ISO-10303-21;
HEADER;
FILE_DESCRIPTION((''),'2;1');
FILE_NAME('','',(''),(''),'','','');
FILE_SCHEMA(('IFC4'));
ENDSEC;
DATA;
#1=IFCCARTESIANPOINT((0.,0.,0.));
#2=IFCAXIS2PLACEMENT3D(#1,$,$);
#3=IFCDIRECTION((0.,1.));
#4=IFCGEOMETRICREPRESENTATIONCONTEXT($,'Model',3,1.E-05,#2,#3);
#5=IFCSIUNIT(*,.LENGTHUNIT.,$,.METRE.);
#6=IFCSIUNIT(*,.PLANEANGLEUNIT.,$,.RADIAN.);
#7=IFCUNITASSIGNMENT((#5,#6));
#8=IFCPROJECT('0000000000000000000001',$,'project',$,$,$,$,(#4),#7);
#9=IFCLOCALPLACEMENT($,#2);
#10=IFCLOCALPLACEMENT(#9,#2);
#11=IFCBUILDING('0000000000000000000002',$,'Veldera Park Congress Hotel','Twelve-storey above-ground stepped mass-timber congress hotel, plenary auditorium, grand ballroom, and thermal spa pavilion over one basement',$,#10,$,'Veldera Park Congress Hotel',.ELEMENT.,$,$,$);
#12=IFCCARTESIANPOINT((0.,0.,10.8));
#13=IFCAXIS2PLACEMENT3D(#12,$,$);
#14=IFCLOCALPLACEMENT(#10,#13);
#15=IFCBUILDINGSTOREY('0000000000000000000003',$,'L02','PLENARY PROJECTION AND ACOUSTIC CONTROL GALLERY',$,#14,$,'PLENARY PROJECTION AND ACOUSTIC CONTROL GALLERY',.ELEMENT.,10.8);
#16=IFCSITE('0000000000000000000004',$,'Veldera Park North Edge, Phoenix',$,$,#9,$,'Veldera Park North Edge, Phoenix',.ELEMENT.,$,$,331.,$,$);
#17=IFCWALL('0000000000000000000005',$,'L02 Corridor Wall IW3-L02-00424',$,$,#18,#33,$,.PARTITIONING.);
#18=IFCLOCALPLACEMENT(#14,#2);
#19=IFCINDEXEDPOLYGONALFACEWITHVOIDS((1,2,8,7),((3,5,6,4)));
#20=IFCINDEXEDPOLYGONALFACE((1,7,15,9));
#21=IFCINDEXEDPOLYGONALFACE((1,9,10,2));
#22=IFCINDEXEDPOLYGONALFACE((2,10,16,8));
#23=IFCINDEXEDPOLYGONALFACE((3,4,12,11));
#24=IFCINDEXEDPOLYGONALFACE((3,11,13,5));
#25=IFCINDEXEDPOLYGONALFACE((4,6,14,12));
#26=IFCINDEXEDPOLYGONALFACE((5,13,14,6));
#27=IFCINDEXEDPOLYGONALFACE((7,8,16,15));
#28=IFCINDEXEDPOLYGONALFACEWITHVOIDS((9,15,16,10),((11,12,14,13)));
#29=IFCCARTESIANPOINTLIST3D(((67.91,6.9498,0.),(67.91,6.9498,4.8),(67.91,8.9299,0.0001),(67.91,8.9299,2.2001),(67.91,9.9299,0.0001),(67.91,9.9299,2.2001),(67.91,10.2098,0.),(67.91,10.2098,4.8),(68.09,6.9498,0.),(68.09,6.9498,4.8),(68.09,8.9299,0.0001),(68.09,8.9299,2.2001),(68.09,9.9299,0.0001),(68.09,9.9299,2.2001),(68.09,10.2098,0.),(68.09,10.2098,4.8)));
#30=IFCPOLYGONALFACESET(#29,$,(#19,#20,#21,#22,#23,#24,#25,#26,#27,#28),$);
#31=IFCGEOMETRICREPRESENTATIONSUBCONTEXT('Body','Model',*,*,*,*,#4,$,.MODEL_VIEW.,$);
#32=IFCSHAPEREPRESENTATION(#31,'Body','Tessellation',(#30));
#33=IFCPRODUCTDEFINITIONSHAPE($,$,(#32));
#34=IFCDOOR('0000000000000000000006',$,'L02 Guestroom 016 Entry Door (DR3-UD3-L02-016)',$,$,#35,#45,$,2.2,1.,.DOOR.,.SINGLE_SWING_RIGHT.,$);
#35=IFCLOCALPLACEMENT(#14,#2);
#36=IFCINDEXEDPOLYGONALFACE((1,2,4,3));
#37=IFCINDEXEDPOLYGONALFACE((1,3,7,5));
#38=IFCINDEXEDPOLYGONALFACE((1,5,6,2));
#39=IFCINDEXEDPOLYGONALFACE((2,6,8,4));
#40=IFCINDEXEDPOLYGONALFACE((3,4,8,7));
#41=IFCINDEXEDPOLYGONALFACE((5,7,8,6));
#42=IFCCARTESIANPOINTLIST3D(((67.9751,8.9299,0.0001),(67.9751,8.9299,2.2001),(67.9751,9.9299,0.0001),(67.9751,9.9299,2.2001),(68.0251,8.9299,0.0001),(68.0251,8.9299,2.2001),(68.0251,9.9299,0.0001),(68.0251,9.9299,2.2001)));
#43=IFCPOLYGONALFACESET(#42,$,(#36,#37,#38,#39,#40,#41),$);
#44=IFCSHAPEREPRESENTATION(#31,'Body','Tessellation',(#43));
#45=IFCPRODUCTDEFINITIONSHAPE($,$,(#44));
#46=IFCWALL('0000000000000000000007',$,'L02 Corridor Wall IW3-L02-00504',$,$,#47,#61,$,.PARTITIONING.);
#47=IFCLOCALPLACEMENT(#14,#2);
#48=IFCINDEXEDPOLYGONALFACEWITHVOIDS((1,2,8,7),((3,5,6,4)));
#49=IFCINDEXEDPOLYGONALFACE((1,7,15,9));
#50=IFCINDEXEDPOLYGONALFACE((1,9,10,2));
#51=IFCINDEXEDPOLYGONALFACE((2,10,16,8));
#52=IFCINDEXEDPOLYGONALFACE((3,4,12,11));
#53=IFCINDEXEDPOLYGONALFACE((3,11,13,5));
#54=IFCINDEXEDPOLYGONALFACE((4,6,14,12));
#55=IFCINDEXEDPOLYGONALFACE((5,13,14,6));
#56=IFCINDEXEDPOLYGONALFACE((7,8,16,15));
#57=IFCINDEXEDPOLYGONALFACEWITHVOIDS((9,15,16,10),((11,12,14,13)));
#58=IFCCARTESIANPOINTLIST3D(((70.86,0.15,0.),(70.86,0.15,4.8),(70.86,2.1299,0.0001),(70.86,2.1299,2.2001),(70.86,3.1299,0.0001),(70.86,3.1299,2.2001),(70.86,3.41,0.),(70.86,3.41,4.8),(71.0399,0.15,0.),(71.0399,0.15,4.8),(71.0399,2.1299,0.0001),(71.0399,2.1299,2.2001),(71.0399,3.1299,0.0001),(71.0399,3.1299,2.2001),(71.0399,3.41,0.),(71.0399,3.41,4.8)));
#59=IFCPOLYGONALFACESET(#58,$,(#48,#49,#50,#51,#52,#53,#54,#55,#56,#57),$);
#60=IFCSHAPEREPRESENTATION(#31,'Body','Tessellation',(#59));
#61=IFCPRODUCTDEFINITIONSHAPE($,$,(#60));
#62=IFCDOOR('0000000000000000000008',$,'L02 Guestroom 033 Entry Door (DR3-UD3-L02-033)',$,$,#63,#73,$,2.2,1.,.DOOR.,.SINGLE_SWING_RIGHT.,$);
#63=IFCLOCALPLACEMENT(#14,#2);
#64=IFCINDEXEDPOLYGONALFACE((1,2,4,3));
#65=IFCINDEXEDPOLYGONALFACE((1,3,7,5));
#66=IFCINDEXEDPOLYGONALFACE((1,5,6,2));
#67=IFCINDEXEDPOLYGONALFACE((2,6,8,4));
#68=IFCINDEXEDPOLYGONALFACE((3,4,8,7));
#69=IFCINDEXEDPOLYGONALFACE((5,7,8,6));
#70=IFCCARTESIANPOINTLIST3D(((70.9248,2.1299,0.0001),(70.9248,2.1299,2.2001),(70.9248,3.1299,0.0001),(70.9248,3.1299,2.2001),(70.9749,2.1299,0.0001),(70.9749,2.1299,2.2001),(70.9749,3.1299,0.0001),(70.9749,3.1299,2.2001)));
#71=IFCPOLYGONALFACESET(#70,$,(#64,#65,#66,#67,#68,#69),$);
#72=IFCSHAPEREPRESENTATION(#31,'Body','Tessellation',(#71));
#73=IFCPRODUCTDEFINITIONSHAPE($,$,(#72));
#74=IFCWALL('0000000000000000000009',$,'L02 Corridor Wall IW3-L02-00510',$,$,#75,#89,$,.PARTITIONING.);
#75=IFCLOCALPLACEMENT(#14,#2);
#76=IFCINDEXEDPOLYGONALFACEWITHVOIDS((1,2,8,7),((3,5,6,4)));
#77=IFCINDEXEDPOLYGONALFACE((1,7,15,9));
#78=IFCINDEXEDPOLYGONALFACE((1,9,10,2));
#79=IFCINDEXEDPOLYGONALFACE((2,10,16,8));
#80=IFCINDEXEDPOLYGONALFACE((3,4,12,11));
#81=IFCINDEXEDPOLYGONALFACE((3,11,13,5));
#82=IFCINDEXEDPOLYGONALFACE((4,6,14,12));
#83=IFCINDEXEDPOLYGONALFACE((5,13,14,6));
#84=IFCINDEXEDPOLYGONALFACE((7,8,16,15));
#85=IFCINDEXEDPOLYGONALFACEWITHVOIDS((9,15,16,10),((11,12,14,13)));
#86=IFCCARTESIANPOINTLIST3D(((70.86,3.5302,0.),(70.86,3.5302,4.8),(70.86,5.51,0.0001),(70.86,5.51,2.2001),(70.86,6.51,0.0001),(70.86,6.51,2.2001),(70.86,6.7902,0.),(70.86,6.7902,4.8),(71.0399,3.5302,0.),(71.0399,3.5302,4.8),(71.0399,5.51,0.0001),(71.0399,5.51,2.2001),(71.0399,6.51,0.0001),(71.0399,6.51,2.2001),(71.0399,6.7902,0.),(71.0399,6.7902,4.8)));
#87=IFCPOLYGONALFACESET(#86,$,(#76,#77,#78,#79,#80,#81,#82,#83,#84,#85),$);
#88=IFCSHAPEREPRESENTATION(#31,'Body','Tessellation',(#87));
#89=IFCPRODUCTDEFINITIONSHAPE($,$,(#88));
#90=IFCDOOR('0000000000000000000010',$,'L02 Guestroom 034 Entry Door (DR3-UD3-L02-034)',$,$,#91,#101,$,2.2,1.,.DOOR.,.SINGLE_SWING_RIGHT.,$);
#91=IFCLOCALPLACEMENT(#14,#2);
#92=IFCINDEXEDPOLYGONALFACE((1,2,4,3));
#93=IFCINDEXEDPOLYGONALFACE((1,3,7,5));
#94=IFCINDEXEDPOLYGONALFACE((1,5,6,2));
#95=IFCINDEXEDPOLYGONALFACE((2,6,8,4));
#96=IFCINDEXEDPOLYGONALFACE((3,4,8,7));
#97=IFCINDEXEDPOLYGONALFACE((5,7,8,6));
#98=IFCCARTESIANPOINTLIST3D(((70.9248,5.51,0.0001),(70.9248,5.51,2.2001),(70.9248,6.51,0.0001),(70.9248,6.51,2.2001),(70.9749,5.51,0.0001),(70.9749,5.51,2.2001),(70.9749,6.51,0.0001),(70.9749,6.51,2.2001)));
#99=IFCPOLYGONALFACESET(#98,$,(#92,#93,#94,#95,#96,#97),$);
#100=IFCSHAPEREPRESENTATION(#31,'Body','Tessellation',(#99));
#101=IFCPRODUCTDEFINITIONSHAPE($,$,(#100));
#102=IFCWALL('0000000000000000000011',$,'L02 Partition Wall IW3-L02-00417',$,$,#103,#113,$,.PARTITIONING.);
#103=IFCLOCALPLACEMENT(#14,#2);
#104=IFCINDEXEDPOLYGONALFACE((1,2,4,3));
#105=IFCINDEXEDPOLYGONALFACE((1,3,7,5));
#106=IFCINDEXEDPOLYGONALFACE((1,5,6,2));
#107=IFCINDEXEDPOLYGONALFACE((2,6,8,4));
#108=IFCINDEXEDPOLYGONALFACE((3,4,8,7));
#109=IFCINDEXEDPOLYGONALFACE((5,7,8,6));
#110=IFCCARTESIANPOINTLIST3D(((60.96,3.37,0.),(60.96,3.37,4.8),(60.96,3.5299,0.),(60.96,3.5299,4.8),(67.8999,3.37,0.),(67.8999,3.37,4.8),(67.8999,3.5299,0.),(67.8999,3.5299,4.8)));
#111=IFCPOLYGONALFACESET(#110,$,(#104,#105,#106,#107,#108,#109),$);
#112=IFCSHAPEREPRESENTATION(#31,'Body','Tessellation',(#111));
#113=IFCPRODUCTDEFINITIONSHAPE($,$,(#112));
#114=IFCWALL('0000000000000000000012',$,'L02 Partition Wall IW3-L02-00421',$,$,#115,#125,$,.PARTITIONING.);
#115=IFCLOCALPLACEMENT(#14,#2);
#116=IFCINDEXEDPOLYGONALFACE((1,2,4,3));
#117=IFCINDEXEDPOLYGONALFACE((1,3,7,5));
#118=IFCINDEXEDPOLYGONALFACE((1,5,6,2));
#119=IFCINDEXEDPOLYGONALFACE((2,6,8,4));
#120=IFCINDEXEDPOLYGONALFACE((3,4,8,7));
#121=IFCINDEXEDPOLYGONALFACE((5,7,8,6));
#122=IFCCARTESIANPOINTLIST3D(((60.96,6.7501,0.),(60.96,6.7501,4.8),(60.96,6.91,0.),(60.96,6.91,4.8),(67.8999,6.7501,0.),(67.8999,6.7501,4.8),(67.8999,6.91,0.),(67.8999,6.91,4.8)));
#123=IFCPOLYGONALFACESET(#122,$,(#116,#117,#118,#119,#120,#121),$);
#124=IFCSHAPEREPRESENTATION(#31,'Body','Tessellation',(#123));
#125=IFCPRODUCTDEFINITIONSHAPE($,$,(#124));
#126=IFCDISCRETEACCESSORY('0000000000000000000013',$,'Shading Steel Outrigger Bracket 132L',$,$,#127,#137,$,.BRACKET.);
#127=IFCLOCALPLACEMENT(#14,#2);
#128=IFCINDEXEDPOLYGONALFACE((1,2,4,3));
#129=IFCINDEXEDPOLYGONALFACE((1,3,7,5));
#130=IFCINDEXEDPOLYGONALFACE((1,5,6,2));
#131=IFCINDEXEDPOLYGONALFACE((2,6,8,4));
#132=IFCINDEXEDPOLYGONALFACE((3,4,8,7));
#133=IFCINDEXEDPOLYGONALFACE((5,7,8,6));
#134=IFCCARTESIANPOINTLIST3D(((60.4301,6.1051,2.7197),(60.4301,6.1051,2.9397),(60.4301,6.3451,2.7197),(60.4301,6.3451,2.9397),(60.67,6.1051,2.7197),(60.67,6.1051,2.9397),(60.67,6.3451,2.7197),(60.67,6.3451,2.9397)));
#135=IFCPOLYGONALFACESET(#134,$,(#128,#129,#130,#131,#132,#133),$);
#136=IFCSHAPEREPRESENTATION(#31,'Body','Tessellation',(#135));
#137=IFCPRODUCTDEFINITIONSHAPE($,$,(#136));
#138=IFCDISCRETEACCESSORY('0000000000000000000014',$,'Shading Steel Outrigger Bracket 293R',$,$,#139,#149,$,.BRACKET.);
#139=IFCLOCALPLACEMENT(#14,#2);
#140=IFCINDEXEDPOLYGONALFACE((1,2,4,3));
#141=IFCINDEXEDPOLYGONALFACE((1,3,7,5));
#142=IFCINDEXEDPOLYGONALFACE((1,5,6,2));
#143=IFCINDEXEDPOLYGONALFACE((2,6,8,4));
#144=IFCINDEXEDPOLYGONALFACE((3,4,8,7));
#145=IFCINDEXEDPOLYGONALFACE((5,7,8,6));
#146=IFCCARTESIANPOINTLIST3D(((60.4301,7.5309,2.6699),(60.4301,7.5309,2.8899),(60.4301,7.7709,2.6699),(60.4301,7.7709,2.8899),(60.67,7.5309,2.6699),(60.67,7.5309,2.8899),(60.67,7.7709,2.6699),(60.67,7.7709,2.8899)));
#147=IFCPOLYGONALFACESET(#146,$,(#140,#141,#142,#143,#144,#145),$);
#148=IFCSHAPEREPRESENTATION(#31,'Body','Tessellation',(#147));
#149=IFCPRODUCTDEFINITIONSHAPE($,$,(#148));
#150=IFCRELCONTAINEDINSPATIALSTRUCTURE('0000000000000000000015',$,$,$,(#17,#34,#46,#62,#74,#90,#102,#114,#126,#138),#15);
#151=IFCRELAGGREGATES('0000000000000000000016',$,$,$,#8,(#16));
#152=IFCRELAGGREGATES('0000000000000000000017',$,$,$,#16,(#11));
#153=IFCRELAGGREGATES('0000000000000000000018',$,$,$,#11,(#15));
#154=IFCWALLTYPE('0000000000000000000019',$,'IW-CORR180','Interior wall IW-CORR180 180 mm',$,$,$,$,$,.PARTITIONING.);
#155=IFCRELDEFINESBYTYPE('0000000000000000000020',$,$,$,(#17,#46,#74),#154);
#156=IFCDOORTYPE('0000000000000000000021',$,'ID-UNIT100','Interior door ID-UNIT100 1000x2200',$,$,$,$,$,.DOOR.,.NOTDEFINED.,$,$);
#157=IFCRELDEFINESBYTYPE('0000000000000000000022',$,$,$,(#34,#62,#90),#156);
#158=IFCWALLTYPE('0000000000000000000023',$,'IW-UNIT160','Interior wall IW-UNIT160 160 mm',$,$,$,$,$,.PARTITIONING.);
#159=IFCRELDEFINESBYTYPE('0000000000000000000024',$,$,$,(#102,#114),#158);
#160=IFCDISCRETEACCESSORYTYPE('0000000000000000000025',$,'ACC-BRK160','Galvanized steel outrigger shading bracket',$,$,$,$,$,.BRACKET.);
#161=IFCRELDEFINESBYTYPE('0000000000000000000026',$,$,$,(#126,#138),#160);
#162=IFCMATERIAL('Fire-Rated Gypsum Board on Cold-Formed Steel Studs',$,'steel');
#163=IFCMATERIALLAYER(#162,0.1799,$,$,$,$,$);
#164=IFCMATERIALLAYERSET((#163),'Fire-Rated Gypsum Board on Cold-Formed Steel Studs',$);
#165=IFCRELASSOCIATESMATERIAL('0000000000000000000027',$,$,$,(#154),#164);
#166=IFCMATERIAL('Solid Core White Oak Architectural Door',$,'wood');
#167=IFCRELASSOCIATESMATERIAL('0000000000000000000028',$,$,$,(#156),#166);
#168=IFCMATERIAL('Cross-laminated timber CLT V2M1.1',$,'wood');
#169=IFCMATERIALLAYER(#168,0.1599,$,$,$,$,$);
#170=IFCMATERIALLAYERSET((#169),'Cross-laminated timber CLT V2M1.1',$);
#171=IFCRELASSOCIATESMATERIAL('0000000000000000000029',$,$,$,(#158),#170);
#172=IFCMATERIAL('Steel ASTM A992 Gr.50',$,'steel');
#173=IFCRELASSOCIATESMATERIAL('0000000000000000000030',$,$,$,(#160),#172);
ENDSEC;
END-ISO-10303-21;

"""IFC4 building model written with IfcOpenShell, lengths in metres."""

from ifc_helpers import new_model, si_unit, direction, frame, frame_2d, origin, origin_2d, place, context, subcontext, project, spatial, rectangle, extrude, material, layer, layer_set, type_object, element, fill, save


model = new_model("IFC4")

# Units and contexts
model_context = context("Model", 3, precision=1e-05, world=origin(), true_north=direction((0.0, 1.0)))
body_context = subcontext(model_context, "Body", "Model", "MODEL_VIEW")
ifc_project = project(units=[si_unit("LENGTHUNIT", "METRE"), si_unit("PLANEANGLEUNIT", "RADIAN")], contexts=[model_context])

# Site, building, storey
site_placement = place(None, origin())
site = spatial("IfcSite", under=ifc_project, at=site_placement, Name="Veldera Park North Edge, Phoenix", LongName="Veldera Park North Edge, Phoenix", CompositionType="ELEMENT", RefElevation=331.0)
building_placement = place(site_placement, origin())
building = spatial("IfcBuilding", under=site, at=building_placement, Name="Veldera Park Congress Hotel", Description="Twelve-storey above-ground stepped mass-timber congress hotel, plenary auditorium, grand ballroom, and thermal spa pavilion over one basement", LongName="Veldera Park Congress Hotel", CompositionType="ELEMENT")
storey_placement = place(building_placement, frame((0.0, 0.0, 10.8)))
storey = spatial("IfcBuildingStorey", under=building, at=storey_placement, Name="L02", Description="PLENARY PROJECTION AND ACOUSTIC CONTROL GALLERY", LongName="PLENARY PROJECTION AND ACOUSTIC CONTROL GALLERY", CompositionType="ELEMENT", Elevation=10.8)

# Shared definitions
ifc_material_1 = material(Name="Steel ASTM A992 Gr.50", Category="steel")

# Shared definitions
ifc_material_2 = material(Name="Fire-Rated Gypsum Board on Cold-Formed Steel Studs", Category="steel")
ifc_material_3 = material(Name="Solid Core White Oak Architectural Door", Category="wood")

# Walls, openings, doors
ifc_layer_1 = layer(ifc_material_2, 0.1799)
ifc_layer_set_1 = layer_set([ifc_layer_1], Name="Fire-Rated Gypsum Board on Cold-Formed Steel Studs")
wall_type_1 = type_object("IfcWallType", Name="IW-CORR180", Description="Interior wall IW-CORR180 180 mm", PredefinedType="PARTITIONING", material=ifc_layer_set_1)
door_type_1 = type_object("IfcDoorType", Name="ID-UNIT100", Description="Interior door ID-UNIT100 1000x2200", OperationType="NOTDEFINED", PredefinedType="DOOR", material=ifc_material_3)
wall_1_placement = place(storey_placement, frame((68.0, 6.95, 0.0), z_axis=(0.0, 0.0, 1.0), x_axis=(0.0, 1.0, 0.0)))
wall_1 = element("IfcWall", 1, at=wall_1_placement, inside=storey, type_object=wall_type_1, Name="L02 Corridor Wall IW3-L02-00424", PredefinedType="PARTITIONING", context=body_context, shape_type="SweptSolid", body=[
    extrude(rectangle(XDim=3.26, YDim=0.1799, at=frame_2d((1.6299, 0.0))), origin(), (0.0, 0.0, 1.0), 4.8),
])
opening_1_placement = place(wall_1_placement, frame((1.98, 0.0, 0.0)))
opening_1 = element("IfcOpeningElement", 2, at=opening_1_placement, cuts=wall_1, PredefinedType="OPENING", context=body_context, shape_type="SweptSolid", body=[
    extrude(rectangle(XDim=1.0, YDim=2.2, at=frame_2d((0.5, 1.1001))), frame((0.0, 0.1021, 0.0), z_axis=(0.0, -1.0, 0.0), x_axis=(1.0, 0.0, 0.0)), (0.0, 0.0, 1.0), 0.2039),
])
door_1_placement = place(opening_1_placement, origin())
door_1 = element("IfcDoor", 3, at=door_1_placement, inside=storey, type_object=door_type_1, Name="L02 Guestroom 016 Entry Door (DR3-UD3-L02-016)", OperationType="SINGLE_SWING_RIGHT", OverallHeight=2.2, OverallWidth=1.0, PredefinedType="DOOR", context=body_context, shape_type="SweptSolid", body=[
    extrude(rectangle(XDim=1.0, YDim=2.2, at=frame_2d((0.5, 1.1001))), frame((0.0, 0.0249, 0.0), z_axis=(0.0, -1.0, 0.0), x_axis=(1.0, 0.0, 0.0)), (0.0, 0.0, 1.0), 0.05),
])
fill(opening_1, door_1)
wall_2_placement = place(storey_placement, frame((70.95, 3.4099, 0.0), z_axis=(0.0, 0.0, 1.0), x_axis=(0.0, -1.0, 0.0)))
wall_2 = element("IfcWall", 4, at=wall_2_placement, inside=storey, type_object=wall_type_1, Name="L02 Corridor Wall IW3-L02-00504", PredefinedType="PARTITIONING", context=body_context, shape_type="SweptSolid", body=[
    extrude(rectangle(XDim=3.26, YDim=0.1799, at=frame_2d((1.6299, 0.0))), origin(), (0.0, 0.0, 1.0), 4.8),
])
opening_2_placement = place(wall_2_placement, frame((0.28, 0.0, 0.0)))
opening_2 = element("IfcOpeningElement", 5, at=opening_2_placement, cuts=wall_2, PredefinedType="OPENING", context=body_context, shape_type="SweptSolid", body=[
    extrude(rectangle(XDim=1.0, YDim=2.2, at=frame_2d((0.5, 1.1001))), frame((0.0, 0.1021, 0.0), z_axis=(0.0, -1.0, 0.0), x_axis=(1.0, 0.0, 0.0)), (0.0, 0.0, 1.0), 0.2039),
])
door_2_placement = place(opening_2_placement, origin())
door_2 = element("IfcDoor", 6, at=door_2_placement, inside=storey, type_object=door_type_1, Name="L02 Guestroom 033 Entry Door (DR3-UD3-L02-033)", OperationType="SINGLE_SWING_RIGHT", OverallHeight=2.2, OverallWidth=1.0, PredefinedType="DOOR", context=body_context, shape_type="SweptSolid", body=[
    extrude(rectangle(XDim=1.0, YDim=2.2, at=frame_2d((0.5, 1.1001))), frame((0.0, 0.0249, 0.0), z_axis=(0.0, -1.0, 0.0), x_axis=(1.0, 0.0, 0.0)), (0.0, 0.0, 1.0), 0.05),
])
fill(opening_2, door_2)
wall_3_placement = place(storey_placement, frame((70.95, 6.79, 0.0), z_axis=(0.0, 0.0, 1.0), x_axis=(0.0, -1.0, 0.0)))
wall_3 = element("IfcWall", 7, at=wall_3_placement, inside=storey, type_object=wall_type_1, Name="L02 Corridor Wall IW3-L02-00510", PredefinedType="PARTITIONING", context=body_context, shape_type="SweptSolid", body=[
    extrude(rectangle(XDim=3.26, YDim=0.1799, at=frame_2d((1.6299, 0.0))), origin(), (0.0, 0.0, 1.0), 4.8),
])
opening_3_placement = place(wall_3_placement, frame((0.28, 0.0, 0.0)))
opening_3 = element("IfcOpeningElement", 8, at=opening_3_placement, cuts=wall_3, PredefinedType="OPENING", context=body_context, shape_type="SweptSolid", body=[
    extrude(rectangle(XDim=1.0, YDim=2.2, at=frame_2d((0.5, 1.1001))), frame((0.0, 0.1021, 0.0), z_axis=(0.0, -1.0, 0.0), x_axis=(1.0, 0.0, 0.0)), (0.0, 0.0, 1.0), 0.2039),
])
door_3_placement = place(opening_3_placement, origin())
door_3 = element("IfcDoor", 9, at=door_3_placement, inside=storey, type_object=door_type_1, Name="L02 Guestroom 034 Entry Door (DR3-UD3-L02-034)", OperationType="SINGLE_SWING_RIGHT", OverallHeight=2.2, OverallWidth=1.0, PredefinedType="DOOR", context=body_context, shape_type="SweptSolid", body=[
    extrude(rectangle(XDim=1.0, YDim=2.2, at=frame_2d((0.5, 1.1001))), frame((0.0, 0.0249, 0.0), z_axis=(0.0, -1.0, 0.0), x_axis=(1.0, 0.0, 0.0)), (0.0, 0.0, 1.0), 0.05),
])
fill(opening_3, door_3)

# Walls
ifc_material_4 = material(Name="Cross-laminated timber CLT V2M1.1", Category="wood")
ifc_layer_2 = layer(ifc_material_4, 0.1599)
ifc_layer_set_2 = layer_set([ifc_layer_2], Name="Cross-laminated timber CLT V2M1.1")
wall_type_2 = type_object("IfcWallType", Name="IW-UNIT160", Description="Interior wall IW-UNIT160 160 mm", PredefinedType="PARTITIONING", material=ifc_layer_set_2)
for number, where, z_axis, x_axis, name in (
    (10, (60.96, 3.45, 0.0), (0.0, 0.0, 1.0), (1.0, 0.0, 0.0), "L02 Partition Wall IW3-L02-00417"),
    (11, (60.96, 6.8301, 0.0), (0.0, 0.0, 1.0), (1.0, 0.0, 0.0), "L02 Partition Wall IW3-L02-00421"),
):
    element("IfcWall", number, at=place(storey_placement, frame(where, z_axis=z_axis, x_axis=x_axis)), inside=storey, type_object=wall_type_2, Name=name, PredefinedType="PARTITIONING", context=body_context, shape_type="SweptSolid", body=[
        extrude(rectangle(XDim=6.9399, YDim=0.1599, at=frame_2d((3.47, 0.0))), origin(), (0.0, 0.0, 1.0), 4.8),
    ])

# Discrete accessories
discrete_accessory_type = type_object("IfcDiscreteAccessoryType", Name="ACC-BRK160", Description="Galvanized steel outrigger shading bracket", PredefinedType="BRACKET", material=ifc_material_1)
for number, where, z_axis, x_axis, name in (
    (12, (60.55, 6.2251, 2.7197), (0.0, 0.0, 1.0), (0.0, -1.0, 0.0), "Shading Steel Outrigger Bracket 132L"),
    (13, (60.55, 7.6509, 2.6699), (0.0, 0.0, 1.0), (0.0, -1.0, 0.0), "Shading Steel Outrigger Bracket 293R"),
):
    element("IfcDiscreteAccessory", number, at=place(storey_placement, frame(where, z_axis=z_axis, x_axis=x_axis)), inside=storey, type_object=discrete_accessory_type, Name=name, PredefinedType="BRACKET", context=body_context, shape_type="SweptSolid", body=[
        extrude(rectangle(XDim=0.24, YDim=0.24, at=origin_2d()), origin(), (0.0, 0.0, 1.0), 0.22),
    ])

save(model, "model.ifc")
